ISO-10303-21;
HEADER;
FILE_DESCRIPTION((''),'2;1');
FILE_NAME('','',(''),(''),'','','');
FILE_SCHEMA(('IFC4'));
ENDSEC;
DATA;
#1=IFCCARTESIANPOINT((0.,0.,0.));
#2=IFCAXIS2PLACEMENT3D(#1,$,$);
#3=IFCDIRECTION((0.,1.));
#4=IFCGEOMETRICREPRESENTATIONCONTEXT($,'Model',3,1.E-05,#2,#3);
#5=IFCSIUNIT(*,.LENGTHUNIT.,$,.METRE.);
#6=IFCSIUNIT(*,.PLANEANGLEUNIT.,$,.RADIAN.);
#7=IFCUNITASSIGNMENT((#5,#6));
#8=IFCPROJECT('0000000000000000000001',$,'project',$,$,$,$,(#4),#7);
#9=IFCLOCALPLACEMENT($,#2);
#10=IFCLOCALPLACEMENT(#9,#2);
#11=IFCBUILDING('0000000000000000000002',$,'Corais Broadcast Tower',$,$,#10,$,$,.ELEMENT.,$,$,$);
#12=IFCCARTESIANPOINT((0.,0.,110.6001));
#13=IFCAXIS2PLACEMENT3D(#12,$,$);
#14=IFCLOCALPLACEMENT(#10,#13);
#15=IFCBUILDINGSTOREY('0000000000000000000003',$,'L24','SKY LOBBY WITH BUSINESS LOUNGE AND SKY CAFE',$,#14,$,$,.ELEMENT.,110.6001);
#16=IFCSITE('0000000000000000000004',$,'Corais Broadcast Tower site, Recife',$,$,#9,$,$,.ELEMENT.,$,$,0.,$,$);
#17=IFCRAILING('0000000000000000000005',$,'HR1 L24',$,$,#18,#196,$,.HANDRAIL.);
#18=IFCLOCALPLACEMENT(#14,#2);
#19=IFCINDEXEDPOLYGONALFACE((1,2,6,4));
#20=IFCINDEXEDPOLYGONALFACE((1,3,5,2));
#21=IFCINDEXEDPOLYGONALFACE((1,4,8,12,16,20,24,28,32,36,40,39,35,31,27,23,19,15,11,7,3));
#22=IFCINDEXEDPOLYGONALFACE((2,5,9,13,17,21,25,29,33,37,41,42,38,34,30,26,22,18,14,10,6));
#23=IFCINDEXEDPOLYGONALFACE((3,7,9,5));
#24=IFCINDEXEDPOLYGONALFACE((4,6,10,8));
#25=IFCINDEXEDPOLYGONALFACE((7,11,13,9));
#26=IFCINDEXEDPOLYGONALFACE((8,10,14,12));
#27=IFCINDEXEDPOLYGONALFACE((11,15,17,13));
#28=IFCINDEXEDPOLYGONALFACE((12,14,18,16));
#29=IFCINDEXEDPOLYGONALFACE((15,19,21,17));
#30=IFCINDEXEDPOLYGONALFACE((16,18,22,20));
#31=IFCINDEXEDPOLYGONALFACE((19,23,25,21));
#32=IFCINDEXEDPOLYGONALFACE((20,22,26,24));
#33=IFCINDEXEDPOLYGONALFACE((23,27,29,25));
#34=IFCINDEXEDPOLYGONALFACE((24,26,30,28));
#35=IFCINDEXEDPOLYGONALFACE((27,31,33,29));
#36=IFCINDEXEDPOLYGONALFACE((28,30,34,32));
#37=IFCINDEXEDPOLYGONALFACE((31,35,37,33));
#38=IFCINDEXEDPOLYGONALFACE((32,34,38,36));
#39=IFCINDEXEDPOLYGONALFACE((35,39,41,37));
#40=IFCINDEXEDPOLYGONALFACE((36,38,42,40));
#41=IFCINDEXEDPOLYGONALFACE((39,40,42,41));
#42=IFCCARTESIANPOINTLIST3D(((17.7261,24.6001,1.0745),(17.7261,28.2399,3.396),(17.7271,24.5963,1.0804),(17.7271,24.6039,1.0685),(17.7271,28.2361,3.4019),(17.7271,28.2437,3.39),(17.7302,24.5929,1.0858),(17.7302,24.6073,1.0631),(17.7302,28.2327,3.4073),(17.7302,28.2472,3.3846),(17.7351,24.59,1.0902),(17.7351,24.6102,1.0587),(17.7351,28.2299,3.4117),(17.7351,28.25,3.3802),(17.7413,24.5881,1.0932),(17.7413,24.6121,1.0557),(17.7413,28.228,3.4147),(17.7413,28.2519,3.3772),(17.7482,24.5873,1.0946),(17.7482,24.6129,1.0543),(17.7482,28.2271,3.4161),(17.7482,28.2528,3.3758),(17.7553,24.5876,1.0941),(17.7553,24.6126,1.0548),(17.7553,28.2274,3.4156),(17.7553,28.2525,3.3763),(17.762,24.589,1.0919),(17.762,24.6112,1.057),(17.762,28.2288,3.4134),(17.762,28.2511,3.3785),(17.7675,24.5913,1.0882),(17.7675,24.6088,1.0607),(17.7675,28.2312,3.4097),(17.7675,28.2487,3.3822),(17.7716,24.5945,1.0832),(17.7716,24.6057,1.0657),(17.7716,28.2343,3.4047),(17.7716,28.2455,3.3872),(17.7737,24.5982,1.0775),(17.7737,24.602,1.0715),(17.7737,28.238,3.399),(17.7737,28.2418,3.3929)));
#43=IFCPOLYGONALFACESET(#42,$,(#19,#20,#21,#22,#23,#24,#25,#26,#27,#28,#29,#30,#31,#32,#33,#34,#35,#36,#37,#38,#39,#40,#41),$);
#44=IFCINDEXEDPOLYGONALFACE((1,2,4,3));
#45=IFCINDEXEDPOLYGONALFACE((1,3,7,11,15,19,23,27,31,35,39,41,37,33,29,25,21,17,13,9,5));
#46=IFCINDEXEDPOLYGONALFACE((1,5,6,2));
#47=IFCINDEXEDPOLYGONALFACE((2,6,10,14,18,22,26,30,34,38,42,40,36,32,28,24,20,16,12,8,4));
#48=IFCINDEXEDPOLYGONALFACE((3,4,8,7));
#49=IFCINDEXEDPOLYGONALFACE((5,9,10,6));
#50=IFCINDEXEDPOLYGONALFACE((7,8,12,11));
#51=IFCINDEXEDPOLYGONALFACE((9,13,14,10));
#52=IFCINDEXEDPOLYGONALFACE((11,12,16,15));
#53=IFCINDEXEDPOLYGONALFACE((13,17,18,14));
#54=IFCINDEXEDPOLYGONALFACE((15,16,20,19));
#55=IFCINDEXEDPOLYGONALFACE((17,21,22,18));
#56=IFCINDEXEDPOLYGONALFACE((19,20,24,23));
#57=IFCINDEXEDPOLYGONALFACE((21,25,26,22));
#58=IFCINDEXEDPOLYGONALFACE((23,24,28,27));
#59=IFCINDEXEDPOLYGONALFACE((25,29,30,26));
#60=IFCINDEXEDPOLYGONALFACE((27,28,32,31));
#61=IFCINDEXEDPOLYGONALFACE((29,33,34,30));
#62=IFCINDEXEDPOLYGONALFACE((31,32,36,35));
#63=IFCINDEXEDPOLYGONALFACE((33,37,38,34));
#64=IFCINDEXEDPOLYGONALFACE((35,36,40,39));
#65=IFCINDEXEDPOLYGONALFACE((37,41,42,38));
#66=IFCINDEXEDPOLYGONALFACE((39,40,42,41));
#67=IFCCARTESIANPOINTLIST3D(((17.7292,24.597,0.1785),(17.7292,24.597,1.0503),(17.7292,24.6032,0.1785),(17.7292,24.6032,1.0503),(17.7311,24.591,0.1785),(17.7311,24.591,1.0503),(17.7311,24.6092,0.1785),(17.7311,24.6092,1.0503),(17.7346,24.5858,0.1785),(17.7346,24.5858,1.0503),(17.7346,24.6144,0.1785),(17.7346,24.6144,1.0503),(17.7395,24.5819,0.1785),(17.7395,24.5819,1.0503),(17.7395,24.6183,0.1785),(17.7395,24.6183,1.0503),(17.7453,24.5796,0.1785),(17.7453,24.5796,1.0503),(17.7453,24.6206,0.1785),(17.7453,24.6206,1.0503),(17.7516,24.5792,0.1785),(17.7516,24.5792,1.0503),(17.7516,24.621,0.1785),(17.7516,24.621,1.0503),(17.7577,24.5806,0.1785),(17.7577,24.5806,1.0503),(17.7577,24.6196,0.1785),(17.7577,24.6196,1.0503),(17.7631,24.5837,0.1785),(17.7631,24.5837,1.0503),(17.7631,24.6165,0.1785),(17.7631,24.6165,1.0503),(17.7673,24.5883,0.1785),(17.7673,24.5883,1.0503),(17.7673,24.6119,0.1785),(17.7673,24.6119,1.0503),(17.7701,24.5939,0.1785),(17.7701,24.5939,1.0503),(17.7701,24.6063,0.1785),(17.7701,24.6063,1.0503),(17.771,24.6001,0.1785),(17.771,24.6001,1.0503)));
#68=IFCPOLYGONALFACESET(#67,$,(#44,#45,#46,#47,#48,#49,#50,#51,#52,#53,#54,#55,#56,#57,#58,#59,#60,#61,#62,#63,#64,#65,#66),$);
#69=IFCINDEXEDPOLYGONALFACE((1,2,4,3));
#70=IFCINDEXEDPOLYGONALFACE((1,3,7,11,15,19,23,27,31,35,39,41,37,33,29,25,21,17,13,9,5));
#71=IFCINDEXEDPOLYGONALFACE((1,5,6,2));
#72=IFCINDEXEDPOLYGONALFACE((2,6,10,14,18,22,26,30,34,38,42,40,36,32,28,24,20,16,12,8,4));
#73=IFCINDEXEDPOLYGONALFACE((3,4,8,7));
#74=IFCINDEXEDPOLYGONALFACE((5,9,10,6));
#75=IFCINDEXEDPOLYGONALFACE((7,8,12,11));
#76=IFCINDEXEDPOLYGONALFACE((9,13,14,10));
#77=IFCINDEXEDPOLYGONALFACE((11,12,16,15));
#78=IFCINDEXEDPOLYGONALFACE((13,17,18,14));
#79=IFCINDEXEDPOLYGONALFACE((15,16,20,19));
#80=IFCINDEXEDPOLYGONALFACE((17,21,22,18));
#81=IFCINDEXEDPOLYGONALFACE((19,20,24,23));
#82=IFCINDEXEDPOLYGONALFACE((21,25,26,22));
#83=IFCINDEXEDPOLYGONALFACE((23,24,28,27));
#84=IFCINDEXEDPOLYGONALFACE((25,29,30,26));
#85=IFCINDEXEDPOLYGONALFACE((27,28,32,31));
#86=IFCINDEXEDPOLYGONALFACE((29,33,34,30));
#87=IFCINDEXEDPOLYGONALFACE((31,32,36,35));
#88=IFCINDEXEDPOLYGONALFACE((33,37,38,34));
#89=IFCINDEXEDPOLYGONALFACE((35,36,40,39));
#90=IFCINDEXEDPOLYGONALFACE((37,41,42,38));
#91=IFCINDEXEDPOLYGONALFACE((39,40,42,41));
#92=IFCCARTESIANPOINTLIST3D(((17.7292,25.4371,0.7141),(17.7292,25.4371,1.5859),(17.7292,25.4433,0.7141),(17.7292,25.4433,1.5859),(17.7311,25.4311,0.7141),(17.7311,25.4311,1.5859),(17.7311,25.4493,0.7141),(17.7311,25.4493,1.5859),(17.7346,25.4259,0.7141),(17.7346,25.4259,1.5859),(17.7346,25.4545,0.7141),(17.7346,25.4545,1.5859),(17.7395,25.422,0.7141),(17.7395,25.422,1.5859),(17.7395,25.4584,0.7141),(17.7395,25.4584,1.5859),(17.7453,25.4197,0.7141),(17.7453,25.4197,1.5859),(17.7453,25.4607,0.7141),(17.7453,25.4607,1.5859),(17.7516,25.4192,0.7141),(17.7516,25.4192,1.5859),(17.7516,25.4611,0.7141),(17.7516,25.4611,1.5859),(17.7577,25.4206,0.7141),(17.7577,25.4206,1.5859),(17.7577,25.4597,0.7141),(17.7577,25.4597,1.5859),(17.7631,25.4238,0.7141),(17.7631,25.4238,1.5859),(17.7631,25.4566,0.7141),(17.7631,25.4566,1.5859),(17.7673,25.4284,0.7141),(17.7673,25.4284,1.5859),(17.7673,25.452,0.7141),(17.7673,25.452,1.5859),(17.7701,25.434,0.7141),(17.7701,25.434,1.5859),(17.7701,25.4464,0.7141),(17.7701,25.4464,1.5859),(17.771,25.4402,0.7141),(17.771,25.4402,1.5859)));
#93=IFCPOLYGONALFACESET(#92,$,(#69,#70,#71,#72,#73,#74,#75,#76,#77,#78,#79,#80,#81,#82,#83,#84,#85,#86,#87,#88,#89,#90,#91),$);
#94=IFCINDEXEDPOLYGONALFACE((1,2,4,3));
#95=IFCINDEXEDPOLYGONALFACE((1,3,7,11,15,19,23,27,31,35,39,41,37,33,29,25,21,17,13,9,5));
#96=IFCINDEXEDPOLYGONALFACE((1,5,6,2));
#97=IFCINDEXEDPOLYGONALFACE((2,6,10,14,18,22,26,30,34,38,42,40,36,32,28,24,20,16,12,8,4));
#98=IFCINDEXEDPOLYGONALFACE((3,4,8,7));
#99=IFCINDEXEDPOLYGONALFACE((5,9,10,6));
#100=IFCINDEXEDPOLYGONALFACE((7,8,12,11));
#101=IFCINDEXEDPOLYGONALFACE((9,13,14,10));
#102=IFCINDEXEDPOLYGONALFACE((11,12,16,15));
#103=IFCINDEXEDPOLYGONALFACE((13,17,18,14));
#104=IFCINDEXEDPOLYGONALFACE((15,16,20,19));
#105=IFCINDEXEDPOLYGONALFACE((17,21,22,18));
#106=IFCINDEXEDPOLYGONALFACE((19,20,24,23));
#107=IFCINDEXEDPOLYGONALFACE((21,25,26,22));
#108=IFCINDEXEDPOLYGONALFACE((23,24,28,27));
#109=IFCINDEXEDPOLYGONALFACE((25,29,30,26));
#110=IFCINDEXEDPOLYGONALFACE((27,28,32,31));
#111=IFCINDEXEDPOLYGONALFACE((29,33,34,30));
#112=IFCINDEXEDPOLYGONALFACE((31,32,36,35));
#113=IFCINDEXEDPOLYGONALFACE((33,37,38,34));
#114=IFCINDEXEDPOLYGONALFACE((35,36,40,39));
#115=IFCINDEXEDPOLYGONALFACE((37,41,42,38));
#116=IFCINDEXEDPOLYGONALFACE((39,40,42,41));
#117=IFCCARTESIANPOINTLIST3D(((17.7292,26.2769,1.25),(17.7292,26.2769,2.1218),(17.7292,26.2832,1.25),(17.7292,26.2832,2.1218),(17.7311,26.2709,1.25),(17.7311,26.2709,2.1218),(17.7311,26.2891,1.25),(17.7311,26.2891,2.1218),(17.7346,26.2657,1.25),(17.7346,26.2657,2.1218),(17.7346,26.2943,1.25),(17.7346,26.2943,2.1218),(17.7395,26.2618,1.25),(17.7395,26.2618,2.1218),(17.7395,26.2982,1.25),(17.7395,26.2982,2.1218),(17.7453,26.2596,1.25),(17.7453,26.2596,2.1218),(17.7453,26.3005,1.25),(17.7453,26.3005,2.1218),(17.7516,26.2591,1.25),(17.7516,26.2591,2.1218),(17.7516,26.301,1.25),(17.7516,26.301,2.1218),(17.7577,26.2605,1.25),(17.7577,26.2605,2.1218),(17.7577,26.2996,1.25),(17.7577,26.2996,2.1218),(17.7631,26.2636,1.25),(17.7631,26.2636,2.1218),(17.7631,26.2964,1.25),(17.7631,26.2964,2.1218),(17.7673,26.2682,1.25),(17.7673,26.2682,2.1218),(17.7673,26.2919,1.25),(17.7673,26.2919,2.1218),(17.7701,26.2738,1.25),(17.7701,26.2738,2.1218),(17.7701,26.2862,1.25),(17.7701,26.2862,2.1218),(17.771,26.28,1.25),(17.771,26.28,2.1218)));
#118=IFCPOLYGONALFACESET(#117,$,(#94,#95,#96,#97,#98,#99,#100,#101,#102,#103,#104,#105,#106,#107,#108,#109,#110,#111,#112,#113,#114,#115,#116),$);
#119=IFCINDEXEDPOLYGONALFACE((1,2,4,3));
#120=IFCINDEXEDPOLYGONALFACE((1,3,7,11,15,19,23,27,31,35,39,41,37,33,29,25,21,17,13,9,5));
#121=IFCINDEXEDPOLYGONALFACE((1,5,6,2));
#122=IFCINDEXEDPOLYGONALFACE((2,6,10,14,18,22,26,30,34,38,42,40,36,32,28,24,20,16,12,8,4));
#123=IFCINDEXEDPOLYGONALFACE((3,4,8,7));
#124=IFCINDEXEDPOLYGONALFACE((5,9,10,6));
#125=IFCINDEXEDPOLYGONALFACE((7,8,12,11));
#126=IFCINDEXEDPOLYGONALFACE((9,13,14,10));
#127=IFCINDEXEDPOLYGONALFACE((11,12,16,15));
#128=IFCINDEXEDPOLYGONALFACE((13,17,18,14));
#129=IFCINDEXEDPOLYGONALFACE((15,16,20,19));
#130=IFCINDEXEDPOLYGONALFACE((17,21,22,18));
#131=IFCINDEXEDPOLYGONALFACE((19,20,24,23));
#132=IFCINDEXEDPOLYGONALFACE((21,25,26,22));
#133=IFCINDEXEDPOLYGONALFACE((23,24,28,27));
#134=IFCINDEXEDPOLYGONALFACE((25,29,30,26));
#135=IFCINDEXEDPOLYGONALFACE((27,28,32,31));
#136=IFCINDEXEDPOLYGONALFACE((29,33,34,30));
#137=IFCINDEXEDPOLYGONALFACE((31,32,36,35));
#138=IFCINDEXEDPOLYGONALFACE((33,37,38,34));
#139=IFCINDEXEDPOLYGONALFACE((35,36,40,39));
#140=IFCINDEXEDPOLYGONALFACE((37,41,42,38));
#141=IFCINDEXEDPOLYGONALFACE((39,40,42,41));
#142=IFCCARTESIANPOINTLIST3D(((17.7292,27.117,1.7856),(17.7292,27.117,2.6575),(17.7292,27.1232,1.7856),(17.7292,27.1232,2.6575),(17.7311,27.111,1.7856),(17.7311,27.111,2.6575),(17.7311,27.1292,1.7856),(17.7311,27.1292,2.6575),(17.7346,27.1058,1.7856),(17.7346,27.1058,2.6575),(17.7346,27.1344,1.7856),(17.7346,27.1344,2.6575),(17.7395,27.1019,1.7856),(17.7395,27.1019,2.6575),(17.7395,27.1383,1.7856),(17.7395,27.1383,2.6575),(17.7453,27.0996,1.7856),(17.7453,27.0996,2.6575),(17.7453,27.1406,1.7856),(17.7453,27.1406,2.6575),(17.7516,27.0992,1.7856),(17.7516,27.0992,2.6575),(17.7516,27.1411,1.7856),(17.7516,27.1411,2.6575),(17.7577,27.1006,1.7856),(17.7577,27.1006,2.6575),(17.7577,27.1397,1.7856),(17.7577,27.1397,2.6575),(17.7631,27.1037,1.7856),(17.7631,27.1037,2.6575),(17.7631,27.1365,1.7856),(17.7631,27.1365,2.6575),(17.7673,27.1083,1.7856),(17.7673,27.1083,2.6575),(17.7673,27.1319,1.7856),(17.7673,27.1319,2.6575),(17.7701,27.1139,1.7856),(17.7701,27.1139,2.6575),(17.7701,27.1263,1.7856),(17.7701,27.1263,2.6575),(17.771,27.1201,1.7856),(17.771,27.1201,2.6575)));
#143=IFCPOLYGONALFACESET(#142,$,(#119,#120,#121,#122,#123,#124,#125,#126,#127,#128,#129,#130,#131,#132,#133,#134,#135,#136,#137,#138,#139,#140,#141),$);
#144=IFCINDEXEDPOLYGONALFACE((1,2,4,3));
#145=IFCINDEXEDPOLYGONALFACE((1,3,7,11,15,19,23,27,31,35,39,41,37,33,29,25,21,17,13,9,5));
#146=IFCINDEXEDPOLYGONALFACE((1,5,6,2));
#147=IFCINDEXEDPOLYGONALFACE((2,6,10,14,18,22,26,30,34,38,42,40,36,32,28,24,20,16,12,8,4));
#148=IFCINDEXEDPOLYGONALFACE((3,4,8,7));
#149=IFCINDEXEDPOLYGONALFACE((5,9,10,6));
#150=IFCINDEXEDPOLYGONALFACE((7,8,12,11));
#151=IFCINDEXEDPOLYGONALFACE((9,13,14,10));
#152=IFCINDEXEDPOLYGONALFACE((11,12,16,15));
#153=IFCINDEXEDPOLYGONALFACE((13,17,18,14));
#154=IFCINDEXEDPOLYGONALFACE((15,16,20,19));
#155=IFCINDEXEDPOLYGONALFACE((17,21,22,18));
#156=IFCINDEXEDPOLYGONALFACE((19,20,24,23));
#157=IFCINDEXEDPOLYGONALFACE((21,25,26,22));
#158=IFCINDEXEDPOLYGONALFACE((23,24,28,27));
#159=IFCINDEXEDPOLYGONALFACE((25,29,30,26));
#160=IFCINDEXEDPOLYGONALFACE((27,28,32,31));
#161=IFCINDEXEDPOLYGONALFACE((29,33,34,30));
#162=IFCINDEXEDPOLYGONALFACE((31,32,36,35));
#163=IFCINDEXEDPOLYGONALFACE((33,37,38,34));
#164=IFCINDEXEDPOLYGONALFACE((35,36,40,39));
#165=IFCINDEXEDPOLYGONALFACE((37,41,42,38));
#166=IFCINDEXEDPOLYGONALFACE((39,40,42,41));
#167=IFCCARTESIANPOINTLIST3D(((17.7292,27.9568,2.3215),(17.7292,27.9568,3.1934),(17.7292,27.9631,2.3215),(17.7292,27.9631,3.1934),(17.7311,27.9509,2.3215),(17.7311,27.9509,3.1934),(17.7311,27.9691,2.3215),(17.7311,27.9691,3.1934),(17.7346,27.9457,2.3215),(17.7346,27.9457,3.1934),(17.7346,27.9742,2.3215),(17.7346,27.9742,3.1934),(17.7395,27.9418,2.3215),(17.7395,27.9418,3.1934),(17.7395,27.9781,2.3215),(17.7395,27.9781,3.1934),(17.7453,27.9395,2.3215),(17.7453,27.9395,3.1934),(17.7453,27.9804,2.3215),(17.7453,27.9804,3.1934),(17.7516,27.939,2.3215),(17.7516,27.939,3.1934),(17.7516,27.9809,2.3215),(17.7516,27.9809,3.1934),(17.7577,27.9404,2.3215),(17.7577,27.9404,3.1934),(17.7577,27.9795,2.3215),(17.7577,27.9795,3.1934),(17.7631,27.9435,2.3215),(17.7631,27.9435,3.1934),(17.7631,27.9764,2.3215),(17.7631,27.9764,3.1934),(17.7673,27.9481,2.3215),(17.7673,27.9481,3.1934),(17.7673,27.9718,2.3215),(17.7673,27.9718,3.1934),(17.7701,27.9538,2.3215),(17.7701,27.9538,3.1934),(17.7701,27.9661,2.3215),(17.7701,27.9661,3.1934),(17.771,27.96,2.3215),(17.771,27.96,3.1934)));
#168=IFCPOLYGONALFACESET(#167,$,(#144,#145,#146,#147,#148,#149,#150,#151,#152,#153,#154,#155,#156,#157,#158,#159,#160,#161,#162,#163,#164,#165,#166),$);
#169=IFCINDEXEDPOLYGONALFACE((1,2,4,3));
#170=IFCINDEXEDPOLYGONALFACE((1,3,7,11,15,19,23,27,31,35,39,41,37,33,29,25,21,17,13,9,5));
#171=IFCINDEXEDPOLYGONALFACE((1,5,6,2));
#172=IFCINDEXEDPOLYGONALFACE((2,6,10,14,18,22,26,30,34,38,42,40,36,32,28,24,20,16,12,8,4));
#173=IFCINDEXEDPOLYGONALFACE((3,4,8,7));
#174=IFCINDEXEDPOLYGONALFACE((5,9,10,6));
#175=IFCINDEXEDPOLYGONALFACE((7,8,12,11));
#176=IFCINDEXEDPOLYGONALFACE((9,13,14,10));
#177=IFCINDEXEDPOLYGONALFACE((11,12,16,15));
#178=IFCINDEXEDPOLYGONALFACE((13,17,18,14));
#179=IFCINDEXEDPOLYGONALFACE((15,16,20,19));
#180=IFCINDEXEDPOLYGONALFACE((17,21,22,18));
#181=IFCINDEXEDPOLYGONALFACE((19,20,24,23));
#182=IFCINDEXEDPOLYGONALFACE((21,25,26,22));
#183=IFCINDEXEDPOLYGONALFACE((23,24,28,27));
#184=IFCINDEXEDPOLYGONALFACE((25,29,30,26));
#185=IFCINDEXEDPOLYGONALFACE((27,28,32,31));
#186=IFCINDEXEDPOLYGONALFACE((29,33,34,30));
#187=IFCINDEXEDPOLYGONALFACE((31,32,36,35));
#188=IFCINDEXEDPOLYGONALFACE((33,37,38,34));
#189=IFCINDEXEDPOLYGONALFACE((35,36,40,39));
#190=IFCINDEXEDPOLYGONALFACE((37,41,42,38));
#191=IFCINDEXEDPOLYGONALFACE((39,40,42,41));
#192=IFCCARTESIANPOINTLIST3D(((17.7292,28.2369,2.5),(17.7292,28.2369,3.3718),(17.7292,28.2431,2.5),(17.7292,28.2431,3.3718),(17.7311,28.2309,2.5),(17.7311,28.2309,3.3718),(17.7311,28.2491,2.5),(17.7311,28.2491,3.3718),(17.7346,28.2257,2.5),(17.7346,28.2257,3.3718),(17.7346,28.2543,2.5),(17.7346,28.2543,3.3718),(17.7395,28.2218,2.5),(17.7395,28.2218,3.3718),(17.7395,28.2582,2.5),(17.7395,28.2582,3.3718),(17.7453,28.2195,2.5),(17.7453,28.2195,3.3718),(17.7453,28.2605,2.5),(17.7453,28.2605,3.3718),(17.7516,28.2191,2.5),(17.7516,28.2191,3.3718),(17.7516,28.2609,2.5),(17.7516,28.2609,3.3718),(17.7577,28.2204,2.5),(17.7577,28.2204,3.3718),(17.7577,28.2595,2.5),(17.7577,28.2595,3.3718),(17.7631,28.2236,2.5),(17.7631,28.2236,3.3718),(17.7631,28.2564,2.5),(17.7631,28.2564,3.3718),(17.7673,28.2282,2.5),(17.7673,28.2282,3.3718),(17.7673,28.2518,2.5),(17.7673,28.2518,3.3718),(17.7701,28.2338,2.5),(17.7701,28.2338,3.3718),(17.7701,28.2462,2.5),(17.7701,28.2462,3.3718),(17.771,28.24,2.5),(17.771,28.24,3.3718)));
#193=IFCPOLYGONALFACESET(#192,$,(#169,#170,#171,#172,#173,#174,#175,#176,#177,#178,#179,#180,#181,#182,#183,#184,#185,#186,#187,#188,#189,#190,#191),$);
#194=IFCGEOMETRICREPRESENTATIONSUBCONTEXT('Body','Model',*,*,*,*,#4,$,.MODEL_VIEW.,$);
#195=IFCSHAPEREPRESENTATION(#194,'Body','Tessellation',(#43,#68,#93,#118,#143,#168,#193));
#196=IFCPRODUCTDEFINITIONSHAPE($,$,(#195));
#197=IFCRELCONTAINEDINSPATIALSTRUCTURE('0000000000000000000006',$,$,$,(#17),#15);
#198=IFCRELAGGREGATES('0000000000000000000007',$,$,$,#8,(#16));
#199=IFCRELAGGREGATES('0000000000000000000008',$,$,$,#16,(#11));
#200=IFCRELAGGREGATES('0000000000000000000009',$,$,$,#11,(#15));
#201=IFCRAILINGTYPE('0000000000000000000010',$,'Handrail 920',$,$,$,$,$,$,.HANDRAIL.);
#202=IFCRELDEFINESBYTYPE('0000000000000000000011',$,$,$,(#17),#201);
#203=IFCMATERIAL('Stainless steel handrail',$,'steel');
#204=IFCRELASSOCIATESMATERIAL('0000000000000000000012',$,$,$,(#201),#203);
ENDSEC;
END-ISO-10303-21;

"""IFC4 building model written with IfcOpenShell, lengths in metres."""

from ifc_helpers import new_model, si_unit, direction, frame, origin, origin_2d, place, context, subcontext, project, spatial, circle, extrude, material, type_object, element, save


model = new_model("IFC4")

# Units and contexts
model_context = context("Model", 3, precision=1e-05, world=origin(), true_north=direction((0.0, 1.0)))
body_context = subcontext(model_context, "Body", "Model", "MODEL_VIEW")
ifc_project = project(units=[si_unit("LENGTHUNIT", "METRE"), si_unit("PLANEANGLEUNIT", "RADIAN")], contexts=[model_context])

# Site, building, storey
site_placement = place(None, origin())
site = spatial("IfcSite", under=ifc_project, at=site_placement, Name="Corais Broadcast Tower site, Recife", CompositionType="ELEMENT", RefElevation=0.0)
building_placement = place(site_placement, origin())
building = spatial("IfcBuilding", under=site, at=building_placement, Name="Corais Broadcast Tower", CompositionType="ELEMENT")
storey_placement = place(building_placement, frame((0.0, 0.0, 110.6001)))
storey = spatial("IfcBuildingStorey", under=building, at=storey_placement, Name="L24", Description="SKY LOBBY WITH BUSINESS LOUNGE AND SKY CAFE", CompositionType="ELEMENT", Elevation=110.6001)

# Railing
ifc_material_1 = material(Name="Stainless steel handrail", Category="steel")
railing_type = type_object("IfcRailingType", Name="Handrail 920", PredefinedType="HANDRAIL", material=ifc_material_1)
for number, where, name in (
    (1, (17.75, 24.6001, 0.1785), "HR1 L24"),
):
    element("IfcRailing", number, at=place(storey_placement, frame(where)), inside=storey, type_object=railing_type, Name=name, PredefinedType="HANDRAIL", context=body_context, shape_type="SweptSolid", body=[
        extrude(circle(Radius=0.0239, at=origin_2d()), frame((0.0, 0.0, 0.896), z_axis=(0.0, 0.843112, 0.537739), x_axis=(-1.0, 0.0, 0.0)), (0.0, 0.0, 1.0), 4.3171),
        extrude(circle(Radius=0.021, at=origin_2d()), origin(), (0.0, 0.0, 1.0), 0.8718),
        extrude(circle(Radius=0.021, at=origin_2d()), frame((0.0, 0.8401, 0.5356)), (0.0, 0.0, 1.0), 0.8718),
        extrude(circle(Radius=0.021, at=origin_2d()), frame((0.0, 1.6799, 1.0715)), (0.0, 0.0, 1.0), 0.8718),
        extrude(circle(Radius=0.021, at=origin_2d()), frame((0.0, 2.52, 1.6072)), (0.0, 0.0, 1.0), 0.8718),
        extrude(circle(Radius=0.021, at=origin_2d()), frame((0.0, 3.3599, 2.1431)), (0.0, 0.0, 1.0), 0.8718),
        extrude(circle(Radius=0.021, at=origin_2d()), frame((0.0, 3.6399, 2.3215)), (0.0, 0.0, 1.0), 0.8718),
    ])

save(model, "model.ifc")
